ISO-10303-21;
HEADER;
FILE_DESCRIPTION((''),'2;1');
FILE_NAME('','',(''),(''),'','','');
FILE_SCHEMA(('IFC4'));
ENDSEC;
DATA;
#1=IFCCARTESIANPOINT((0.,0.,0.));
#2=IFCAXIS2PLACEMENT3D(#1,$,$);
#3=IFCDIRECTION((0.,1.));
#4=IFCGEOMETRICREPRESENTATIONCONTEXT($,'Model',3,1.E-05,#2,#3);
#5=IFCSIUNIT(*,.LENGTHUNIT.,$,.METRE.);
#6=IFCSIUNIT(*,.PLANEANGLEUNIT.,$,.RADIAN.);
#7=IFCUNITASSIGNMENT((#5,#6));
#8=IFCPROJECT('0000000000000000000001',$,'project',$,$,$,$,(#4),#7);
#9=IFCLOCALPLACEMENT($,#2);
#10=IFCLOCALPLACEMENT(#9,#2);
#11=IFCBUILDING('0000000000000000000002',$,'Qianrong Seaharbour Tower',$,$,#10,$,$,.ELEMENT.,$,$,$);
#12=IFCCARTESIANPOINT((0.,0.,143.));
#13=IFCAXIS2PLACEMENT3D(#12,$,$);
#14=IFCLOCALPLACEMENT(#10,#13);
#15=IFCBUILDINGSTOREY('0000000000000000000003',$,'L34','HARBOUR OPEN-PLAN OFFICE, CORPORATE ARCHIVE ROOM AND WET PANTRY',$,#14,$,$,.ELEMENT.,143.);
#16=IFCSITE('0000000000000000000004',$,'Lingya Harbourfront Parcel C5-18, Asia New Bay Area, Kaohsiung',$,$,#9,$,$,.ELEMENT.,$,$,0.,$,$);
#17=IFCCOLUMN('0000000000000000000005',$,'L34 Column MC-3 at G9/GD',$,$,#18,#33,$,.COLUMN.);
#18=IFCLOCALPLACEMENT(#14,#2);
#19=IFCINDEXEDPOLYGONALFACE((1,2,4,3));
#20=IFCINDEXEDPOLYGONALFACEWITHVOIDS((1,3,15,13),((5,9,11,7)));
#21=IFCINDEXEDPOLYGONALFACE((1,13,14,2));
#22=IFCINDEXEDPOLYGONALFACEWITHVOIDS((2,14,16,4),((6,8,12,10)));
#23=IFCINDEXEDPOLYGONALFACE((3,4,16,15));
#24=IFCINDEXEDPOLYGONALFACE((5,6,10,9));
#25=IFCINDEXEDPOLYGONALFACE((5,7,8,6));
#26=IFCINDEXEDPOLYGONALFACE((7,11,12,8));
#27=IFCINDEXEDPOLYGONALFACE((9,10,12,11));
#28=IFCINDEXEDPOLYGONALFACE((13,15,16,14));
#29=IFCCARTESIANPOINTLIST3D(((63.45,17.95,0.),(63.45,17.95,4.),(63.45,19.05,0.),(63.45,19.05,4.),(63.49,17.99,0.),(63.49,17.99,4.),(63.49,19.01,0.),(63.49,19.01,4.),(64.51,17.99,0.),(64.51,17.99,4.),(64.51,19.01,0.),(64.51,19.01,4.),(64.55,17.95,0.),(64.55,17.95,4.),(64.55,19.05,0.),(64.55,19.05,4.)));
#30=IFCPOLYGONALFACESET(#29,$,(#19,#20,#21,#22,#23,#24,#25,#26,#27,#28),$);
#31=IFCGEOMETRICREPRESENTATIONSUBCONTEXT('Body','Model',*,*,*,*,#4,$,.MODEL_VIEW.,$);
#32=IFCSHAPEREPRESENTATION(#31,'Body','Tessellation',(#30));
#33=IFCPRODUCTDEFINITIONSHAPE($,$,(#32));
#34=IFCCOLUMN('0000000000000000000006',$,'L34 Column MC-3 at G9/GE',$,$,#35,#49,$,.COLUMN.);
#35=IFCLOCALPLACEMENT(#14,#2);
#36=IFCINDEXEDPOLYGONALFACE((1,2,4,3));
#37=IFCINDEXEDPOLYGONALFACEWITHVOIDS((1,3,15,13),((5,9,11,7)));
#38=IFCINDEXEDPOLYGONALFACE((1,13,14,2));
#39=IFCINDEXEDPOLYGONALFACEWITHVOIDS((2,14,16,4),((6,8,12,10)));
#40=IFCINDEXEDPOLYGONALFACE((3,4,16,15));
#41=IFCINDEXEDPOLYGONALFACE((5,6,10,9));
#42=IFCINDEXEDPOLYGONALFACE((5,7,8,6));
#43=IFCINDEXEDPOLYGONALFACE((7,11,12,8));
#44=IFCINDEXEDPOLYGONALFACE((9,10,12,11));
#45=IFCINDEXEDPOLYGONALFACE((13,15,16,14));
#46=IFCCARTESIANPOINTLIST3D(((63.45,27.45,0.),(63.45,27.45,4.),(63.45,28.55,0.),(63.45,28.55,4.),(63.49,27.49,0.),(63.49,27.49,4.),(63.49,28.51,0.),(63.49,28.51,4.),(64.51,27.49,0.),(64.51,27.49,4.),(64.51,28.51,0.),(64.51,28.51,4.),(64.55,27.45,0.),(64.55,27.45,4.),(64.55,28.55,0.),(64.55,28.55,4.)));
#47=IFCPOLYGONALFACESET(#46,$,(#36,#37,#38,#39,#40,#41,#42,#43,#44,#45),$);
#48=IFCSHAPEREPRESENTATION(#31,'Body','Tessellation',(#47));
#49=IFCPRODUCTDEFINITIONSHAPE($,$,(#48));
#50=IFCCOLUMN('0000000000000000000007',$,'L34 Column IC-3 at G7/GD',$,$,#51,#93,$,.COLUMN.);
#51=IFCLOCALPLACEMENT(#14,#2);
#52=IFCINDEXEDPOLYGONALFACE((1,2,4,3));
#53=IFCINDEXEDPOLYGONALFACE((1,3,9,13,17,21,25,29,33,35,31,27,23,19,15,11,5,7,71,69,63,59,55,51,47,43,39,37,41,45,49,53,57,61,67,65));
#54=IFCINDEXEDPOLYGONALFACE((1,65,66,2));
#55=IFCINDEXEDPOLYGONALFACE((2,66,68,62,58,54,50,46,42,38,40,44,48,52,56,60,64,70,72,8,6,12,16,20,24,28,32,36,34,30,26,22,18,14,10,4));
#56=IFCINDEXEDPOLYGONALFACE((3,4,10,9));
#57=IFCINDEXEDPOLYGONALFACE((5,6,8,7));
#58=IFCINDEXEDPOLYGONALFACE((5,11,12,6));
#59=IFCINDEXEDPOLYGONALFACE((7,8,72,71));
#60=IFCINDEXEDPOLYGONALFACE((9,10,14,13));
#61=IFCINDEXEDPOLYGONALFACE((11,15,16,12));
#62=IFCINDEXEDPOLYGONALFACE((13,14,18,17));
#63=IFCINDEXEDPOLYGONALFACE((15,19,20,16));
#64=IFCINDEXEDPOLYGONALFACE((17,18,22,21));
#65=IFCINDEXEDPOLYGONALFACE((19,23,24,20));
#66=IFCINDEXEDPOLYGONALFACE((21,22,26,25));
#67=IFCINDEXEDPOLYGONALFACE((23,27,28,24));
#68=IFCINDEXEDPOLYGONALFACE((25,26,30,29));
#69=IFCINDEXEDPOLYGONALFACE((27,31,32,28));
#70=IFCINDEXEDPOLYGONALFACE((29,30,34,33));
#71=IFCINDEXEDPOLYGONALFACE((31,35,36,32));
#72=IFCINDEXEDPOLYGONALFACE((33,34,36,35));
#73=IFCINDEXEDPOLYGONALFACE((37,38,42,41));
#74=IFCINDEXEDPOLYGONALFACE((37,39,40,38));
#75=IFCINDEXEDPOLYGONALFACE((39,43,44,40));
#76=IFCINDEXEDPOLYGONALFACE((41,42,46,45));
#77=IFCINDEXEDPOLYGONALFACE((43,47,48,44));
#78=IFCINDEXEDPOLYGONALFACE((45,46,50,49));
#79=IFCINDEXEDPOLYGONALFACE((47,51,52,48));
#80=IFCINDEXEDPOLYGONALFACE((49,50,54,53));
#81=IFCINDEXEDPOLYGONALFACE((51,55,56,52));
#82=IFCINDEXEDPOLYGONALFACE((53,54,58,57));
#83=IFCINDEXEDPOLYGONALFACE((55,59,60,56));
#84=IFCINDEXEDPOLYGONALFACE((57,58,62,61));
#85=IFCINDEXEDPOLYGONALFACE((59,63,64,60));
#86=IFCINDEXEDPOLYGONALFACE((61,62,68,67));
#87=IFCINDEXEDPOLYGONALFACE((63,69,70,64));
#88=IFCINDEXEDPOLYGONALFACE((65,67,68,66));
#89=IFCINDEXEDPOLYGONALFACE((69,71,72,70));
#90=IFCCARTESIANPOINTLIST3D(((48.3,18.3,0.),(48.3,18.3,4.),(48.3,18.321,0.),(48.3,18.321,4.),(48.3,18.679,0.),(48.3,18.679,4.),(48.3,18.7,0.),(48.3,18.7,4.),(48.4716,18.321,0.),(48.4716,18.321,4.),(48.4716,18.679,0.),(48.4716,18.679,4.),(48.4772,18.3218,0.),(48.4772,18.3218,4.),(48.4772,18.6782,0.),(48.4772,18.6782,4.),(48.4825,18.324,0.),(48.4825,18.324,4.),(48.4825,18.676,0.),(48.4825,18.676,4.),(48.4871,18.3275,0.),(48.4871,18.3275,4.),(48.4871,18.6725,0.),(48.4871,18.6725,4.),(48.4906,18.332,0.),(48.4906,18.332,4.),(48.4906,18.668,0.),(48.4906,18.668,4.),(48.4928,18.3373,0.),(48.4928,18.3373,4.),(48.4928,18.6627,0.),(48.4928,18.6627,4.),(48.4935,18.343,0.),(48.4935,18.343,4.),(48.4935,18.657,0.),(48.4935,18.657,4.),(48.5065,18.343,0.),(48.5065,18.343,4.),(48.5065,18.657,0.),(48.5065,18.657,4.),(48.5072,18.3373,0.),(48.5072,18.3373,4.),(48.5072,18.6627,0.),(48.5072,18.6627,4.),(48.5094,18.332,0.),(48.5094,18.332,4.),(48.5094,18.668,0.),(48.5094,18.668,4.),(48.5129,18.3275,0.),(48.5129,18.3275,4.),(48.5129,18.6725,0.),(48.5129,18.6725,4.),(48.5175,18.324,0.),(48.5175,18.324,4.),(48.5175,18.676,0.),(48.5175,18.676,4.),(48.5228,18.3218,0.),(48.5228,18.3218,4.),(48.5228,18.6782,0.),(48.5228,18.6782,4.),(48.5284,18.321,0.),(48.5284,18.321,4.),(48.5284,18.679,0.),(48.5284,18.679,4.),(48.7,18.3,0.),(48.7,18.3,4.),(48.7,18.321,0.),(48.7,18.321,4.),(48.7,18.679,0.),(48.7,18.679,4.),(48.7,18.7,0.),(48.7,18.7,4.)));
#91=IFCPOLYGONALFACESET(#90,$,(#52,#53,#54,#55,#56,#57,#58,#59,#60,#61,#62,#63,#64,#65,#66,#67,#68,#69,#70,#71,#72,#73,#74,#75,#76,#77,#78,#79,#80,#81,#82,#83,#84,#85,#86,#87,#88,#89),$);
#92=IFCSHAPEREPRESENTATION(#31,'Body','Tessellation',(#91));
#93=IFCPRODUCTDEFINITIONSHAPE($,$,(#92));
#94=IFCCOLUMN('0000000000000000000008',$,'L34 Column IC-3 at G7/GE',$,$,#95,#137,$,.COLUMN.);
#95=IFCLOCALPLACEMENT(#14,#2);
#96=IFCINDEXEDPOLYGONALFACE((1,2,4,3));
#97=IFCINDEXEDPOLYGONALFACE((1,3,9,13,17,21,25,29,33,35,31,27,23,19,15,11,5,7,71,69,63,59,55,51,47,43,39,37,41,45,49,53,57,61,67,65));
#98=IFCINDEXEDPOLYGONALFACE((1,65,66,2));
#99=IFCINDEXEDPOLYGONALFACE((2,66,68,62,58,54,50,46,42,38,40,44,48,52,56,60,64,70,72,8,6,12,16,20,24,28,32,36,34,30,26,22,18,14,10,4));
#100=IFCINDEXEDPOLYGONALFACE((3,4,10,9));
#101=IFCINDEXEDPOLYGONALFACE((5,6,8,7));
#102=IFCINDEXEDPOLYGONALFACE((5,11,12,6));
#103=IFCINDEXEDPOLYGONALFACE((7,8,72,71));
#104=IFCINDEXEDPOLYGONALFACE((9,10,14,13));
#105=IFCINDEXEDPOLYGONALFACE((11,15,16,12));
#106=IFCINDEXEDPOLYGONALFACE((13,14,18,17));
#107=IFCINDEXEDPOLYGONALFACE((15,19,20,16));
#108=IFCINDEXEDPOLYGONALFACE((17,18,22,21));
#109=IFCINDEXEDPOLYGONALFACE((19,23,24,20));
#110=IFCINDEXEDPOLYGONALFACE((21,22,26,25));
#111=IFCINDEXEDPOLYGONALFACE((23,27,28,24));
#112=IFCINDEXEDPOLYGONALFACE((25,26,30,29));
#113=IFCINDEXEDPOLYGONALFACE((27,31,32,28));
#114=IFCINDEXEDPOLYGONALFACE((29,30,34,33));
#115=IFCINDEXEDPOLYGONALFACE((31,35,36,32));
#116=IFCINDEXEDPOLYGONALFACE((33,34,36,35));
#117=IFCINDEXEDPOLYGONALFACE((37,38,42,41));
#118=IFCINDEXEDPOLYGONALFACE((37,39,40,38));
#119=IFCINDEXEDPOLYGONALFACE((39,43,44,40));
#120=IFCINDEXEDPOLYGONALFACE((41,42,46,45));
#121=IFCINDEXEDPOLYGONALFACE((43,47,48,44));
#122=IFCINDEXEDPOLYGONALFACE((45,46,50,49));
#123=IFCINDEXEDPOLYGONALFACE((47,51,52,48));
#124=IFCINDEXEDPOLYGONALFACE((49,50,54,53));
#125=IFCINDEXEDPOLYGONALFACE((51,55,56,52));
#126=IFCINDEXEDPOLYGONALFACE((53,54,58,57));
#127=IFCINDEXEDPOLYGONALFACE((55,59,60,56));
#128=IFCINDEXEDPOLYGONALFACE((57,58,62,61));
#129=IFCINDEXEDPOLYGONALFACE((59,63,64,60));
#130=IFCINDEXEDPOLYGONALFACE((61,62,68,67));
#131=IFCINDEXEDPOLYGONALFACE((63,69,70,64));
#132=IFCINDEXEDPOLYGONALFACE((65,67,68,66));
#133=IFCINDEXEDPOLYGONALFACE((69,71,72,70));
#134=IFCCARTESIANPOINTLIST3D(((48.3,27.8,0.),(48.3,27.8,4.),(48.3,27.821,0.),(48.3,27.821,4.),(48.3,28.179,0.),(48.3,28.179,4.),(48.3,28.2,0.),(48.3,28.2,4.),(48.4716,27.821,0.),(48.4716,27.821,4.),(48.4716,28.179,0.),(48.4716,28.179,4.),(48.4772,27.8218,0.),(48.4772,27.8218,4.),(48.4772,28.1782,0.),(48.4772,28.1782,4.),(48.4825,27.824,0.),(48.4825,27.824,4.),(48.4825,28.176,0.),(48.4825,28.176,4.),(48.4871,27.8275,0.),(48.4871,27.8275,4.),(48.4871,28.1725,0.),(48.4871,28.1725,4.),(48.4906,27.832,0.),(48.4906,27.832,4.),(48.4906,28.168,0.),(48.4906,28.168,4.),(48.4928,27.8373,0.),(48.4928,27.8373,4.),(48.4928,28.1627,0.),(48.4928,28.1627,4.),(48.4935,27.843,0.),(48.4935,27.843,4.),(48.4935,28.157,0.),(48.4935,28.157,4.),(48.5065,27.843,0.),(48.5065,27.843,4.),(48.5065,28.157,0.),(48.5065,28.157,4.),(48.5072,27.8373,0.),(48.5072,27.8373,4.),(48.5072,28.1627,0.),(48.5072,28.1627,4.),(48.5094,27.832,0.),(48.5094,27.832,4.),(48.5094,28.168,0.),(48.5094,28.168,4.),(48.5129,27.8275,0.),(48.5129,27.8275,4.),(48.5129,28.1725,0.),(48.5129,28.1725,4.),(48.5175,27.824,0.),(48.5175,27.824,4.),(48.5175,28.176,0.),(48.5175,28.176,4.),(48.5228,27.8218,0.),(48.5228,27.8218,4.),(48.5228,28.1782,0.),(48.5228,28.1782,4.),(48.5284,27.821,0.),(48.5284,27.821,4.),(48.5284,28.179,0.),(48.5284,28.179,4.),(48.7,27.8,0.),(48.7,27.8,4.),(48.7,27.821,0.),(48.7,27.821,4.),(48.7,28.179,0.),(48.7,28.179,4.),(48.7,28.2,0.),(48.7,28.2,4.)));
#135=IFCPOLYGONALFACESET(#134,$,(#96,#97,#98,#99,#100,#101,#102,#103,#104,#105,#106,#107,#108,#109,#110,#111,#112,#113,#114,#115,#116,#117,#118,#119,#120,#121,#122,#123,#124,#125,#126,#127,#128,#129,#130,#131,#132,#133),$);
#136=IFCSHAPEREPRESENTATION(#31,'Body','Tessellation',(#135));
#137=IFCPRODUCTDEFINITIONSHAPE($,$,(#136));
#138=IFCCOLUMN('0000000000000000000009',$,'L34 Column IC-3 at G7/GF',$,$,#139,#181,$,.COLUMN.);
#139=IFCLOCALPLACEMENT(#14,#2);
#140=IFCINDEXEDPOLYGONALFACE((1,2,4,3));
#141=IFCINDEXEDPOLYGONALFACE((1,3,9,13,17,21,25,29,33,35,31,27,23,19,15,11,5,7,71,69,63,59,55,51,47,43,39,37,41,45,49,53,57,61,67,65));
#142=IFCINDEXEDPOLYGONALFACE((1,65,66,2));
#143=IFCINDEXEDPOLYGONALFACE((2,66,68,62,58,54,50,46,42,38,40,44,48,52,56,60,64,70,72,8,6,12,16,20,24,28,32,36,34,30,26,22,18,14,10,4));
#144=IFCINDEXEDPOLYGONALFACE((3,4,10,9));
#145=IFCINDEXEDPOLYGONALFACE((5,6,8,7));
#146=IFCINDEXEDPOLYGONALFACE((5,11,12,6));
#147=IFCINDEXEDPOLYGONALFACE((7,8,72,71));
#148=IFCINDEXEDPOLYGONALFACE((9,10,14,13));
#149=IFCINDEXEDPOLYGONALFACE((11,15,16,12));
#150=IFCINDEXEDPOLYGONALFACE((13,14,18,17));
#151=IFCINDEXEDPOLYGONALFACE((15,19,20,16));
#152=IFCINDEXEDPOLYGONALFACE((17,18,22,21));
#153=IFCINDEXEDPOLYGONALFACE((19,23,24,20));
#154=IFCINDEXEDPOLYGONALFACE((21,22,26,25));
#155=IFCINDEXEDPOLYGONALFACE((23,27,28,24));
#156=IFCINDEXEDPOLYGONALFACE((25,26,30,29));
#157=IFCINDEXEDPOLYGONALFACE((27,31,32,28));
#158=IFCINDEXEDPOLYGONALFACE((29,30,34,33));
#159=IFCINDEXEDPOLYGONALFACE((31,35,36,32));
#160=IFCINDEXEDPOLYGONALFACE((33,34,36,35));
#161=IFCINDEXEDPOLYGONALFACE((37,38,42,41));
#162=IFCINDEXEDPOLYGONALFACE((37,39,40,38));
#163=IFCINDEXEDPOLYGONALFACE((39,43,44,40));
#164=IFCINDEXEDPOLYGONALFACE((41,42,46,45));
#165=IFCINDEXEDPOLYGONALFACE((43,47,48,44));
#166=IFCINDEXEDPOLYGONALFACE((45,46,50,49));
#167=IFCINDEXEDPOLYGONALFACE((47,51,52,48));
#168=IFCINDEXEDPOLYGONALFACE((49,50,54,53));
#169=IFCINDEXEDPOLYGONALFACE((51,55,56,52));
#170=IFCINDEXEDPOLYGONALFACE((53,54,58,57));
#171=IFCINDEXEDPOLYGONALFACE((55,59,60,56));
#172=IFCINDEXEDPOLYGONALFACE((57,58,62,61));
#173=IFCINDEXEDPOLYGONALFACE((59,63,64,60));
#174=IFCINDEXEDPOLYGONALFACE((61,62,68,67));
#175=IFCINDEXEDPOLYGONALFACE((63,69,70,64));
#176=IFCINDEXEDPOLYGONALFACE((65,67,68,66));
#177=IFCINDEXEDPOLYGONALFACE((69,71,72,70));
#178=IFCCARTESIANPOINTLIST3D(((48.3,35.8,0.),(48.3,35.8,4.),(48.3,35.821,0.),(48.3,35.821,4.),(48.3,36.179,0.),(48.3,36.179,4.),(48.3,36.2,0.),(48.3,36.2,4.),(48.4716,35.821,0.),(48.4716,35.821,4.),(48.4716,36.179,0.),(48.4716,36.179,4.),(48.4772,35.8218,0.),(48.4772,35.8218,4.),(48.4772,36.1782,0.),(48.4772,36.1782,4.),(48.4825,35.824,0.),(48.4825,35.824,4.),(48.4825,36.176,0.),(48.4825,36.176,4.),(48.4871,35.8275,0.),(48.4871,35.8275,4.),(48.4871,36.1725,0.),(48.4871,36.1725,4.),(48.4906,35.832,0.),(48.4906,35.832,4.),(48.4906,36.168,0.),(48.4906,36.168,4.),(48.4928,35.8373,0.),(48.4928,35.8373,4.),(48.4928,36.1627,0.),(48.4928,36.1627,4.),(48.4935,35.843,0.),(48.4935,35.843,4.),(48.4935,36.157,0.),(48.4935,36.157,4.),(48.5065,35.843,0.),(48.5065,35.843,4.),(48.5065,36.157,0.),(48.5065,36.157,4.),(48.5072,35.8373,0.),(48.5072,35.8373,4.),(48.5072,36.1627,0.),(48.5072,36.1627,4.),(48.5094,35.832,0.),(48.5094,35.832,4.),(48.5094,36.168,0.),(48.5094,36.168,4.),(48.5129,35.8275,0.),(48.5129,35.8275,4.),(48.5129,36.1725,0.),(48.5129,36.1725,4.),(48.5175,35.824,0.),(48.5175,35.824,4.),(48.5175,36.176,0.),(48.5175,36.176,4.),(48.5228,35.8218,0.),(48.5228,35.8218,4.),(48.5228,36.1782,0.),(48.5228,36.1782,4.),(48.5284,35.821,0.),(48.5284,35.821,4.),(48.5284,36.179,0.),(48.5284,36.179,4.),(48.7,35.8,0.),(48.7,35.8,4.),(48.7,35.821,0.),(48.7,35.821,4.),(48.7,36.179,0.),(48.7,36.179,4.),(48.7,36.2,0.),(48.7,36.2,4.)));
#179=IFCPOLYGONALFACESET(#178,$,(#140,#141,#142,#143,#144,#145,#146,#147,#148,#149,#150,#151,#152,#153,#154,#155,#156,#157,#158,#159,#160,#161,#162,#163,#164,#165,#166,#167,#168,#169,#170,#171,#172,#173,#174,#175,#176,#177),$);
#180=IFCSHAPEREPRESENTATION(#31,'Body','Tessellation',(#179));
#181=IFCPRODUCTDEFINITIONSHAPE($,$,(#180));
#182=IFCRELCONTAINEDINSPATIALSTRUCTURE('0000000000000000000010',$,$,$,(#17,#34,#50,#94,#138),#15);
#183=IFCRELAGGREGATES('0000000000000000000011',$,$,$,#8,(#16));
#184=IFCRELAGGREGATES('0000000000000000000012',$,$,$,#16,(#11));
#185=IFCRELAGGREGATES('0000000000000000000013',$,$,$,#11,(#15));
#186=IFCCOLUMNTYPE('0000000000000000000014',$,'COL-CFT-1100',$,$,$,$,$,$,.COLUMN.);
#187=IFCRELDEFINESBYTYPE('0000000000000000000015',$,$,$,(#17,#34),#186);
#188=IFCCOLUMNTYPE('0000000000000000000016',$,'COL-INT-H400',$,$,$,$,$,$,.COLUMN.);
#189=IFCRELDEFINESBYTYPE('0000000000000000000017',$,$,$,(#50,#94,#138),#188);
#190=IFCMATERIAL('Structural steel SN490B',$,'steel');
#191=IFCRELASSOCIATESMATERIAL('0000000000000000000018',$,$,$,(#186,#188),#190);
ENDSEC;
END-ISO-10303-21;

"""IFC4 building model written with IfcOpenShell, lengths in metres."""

from ifc_helpers import new_model, si_unit, direction, frame, origin, origin_2d, place, context, subcontext, project, spatial, hollow_rectangle, i_section, extrude, material, material_profile, profile_set, type_object, element, save


model = new_model("IFC4")

# Units and contexts
model_context = context("Model", 3, precision=1e-05, world=origin(), true_north=direction((0.0, 1.0)))
body_context = subcontext(model_context, "Body", "Model", "MODEL_VIEW")
ifc_project = project(units=[si_unit("LENGTHUNIT", "METRE"), si_unit("PLANEANGLEUNIT", "RADIAN")], contexts=[model_context])

# Site, building, storey
site_placement = place(None, origin())
site = spatial("IfcSite", under=ifc_project, at=site_placement, Name="Lingya Harbourfront Parcel C5-18, Asia New Bay Area, Kaohsiung", CompositionType="ELEMENT", RefElevation=0.0)
building_placement = place(site_placement, origin())
building = spatial("IfcBuilding", under=site, at=building_placement, Name="Qianrong Seaharbour Tower", CompositionType="ELEMENT")
storey_placement = place(building_placement, frame((0.0, 0.0, 143.0)))
storey = spatial("IfcBuildingStorey", under=building, at=storey_placement, Name="L34", Description="HARBOUR OPEN-PLAN OFFICE, CORPORATE ARCHIVE ROOM AND WET PANTRY", CompositionType="ELEMENT", Elevation=143.0)

# Columns
ifc_material_1 = material(Name="Structural steel SN490B", Category="steel")
ifc_material_profile_1 = material_profile(ifc_material_1, hollow_rectangle(XDim=1.1001, YDim=1.1001, WallThickness=0.04, at=origin_2d()), Name="BOX1100x1100x40")
ifc_profile_set_1 = profile_set([ifc_material_profile_1], Name="Structural steel SN490B")
column_type_1 = type_object("IfcColumnType", Name="COL-CFT-1100", PredefinedType="COLUMN", material=ifc_profile_set_1)
for number, where, z_axis, x_axis, name in (
    (1, (64.0, 18.5, 0.0), (0.0, 0.0, 1.0), (1.0, 0.0, 0.0), "L34 Column MC-3 at G9/GD"),
    (2, (64.0, 28.0, 0.0), (0.0, 0.0, 1.0), (1.0, 0.0, 0.0), "L34 Column MC-3 at G9/GE"),
):
    element("IfcColumn", number, at=place(storey_placement, frame(where, z_axis=z_axis, x_axis=x_axis)), inside=storey, type_object=column_type_1, Name=name, PredefinedType="COLUMN", context=body_context, shape_type="SweptSolid", body=[
        extrude(hollow_rectangle(XDim=1.1001, YDim=1.1001, WallThickness=0.04, at=origin_2d()), origin(), (0.0, 0.0, 1.0), 4.0),
    ])
ifc_material_profile_2 = material_profile(ifc_material_1, i_section(OverallWidth=0.3999, OverallDepth=0.3999, WebThickness=0.0129, FlangeThickness=0.021, FilletRadius=0.022, at=origin_2d()), Name="H400x400x13x21")
ifc_profile_set_2 = profile_set([ifc_material_profile_2], Name="Structural steel SN490B")
column_type_2 = type_object("IfcColumnType", Name="COL-INT-H400", PredefinedType="COLUMN", material=ifc_profile_set_2)
for number, where, z_axis, x_axis, name in (
    (3, (48.5, 18.5, 0.0), (0.0, 0.0, 1.0), (1.0, 0.0, 0.0), "L34 Column IC-3 at G7/GD"),
    (4, (48.5, 28.0, 0.0), (0.0, 0.0, 1.0), (1.0, 0.0, 0.0), "L34 Column IC-3 at G7/GE"),
    (5, (48.5, 36.0, 0.0), (0.0, 0.0, 1.0), (1.0, 0.0, 0.0), "L34 Column IC-3 at G7/GF"),
):
    element("IfcColumn", number, at=place(storey_placement, frame(where, z_axis=z_axis, x_axis=x_axis)), inside=storey, type_object=column_type_2, Name=name, PredefinedType="COLUMN", context=body_context, shape_type="SweptSolid", body=[
        extrude(i_section(OverallWidth=0.3999, OverallDepth=0.3999, WebThickness=0.0129, FlangeThickness=0.021, FilletRadius=0.022, at=origin_2d()), origin(), (0.0, 0.0, 1.0), 4.0),
    ])

save(model, "model.ifc")
